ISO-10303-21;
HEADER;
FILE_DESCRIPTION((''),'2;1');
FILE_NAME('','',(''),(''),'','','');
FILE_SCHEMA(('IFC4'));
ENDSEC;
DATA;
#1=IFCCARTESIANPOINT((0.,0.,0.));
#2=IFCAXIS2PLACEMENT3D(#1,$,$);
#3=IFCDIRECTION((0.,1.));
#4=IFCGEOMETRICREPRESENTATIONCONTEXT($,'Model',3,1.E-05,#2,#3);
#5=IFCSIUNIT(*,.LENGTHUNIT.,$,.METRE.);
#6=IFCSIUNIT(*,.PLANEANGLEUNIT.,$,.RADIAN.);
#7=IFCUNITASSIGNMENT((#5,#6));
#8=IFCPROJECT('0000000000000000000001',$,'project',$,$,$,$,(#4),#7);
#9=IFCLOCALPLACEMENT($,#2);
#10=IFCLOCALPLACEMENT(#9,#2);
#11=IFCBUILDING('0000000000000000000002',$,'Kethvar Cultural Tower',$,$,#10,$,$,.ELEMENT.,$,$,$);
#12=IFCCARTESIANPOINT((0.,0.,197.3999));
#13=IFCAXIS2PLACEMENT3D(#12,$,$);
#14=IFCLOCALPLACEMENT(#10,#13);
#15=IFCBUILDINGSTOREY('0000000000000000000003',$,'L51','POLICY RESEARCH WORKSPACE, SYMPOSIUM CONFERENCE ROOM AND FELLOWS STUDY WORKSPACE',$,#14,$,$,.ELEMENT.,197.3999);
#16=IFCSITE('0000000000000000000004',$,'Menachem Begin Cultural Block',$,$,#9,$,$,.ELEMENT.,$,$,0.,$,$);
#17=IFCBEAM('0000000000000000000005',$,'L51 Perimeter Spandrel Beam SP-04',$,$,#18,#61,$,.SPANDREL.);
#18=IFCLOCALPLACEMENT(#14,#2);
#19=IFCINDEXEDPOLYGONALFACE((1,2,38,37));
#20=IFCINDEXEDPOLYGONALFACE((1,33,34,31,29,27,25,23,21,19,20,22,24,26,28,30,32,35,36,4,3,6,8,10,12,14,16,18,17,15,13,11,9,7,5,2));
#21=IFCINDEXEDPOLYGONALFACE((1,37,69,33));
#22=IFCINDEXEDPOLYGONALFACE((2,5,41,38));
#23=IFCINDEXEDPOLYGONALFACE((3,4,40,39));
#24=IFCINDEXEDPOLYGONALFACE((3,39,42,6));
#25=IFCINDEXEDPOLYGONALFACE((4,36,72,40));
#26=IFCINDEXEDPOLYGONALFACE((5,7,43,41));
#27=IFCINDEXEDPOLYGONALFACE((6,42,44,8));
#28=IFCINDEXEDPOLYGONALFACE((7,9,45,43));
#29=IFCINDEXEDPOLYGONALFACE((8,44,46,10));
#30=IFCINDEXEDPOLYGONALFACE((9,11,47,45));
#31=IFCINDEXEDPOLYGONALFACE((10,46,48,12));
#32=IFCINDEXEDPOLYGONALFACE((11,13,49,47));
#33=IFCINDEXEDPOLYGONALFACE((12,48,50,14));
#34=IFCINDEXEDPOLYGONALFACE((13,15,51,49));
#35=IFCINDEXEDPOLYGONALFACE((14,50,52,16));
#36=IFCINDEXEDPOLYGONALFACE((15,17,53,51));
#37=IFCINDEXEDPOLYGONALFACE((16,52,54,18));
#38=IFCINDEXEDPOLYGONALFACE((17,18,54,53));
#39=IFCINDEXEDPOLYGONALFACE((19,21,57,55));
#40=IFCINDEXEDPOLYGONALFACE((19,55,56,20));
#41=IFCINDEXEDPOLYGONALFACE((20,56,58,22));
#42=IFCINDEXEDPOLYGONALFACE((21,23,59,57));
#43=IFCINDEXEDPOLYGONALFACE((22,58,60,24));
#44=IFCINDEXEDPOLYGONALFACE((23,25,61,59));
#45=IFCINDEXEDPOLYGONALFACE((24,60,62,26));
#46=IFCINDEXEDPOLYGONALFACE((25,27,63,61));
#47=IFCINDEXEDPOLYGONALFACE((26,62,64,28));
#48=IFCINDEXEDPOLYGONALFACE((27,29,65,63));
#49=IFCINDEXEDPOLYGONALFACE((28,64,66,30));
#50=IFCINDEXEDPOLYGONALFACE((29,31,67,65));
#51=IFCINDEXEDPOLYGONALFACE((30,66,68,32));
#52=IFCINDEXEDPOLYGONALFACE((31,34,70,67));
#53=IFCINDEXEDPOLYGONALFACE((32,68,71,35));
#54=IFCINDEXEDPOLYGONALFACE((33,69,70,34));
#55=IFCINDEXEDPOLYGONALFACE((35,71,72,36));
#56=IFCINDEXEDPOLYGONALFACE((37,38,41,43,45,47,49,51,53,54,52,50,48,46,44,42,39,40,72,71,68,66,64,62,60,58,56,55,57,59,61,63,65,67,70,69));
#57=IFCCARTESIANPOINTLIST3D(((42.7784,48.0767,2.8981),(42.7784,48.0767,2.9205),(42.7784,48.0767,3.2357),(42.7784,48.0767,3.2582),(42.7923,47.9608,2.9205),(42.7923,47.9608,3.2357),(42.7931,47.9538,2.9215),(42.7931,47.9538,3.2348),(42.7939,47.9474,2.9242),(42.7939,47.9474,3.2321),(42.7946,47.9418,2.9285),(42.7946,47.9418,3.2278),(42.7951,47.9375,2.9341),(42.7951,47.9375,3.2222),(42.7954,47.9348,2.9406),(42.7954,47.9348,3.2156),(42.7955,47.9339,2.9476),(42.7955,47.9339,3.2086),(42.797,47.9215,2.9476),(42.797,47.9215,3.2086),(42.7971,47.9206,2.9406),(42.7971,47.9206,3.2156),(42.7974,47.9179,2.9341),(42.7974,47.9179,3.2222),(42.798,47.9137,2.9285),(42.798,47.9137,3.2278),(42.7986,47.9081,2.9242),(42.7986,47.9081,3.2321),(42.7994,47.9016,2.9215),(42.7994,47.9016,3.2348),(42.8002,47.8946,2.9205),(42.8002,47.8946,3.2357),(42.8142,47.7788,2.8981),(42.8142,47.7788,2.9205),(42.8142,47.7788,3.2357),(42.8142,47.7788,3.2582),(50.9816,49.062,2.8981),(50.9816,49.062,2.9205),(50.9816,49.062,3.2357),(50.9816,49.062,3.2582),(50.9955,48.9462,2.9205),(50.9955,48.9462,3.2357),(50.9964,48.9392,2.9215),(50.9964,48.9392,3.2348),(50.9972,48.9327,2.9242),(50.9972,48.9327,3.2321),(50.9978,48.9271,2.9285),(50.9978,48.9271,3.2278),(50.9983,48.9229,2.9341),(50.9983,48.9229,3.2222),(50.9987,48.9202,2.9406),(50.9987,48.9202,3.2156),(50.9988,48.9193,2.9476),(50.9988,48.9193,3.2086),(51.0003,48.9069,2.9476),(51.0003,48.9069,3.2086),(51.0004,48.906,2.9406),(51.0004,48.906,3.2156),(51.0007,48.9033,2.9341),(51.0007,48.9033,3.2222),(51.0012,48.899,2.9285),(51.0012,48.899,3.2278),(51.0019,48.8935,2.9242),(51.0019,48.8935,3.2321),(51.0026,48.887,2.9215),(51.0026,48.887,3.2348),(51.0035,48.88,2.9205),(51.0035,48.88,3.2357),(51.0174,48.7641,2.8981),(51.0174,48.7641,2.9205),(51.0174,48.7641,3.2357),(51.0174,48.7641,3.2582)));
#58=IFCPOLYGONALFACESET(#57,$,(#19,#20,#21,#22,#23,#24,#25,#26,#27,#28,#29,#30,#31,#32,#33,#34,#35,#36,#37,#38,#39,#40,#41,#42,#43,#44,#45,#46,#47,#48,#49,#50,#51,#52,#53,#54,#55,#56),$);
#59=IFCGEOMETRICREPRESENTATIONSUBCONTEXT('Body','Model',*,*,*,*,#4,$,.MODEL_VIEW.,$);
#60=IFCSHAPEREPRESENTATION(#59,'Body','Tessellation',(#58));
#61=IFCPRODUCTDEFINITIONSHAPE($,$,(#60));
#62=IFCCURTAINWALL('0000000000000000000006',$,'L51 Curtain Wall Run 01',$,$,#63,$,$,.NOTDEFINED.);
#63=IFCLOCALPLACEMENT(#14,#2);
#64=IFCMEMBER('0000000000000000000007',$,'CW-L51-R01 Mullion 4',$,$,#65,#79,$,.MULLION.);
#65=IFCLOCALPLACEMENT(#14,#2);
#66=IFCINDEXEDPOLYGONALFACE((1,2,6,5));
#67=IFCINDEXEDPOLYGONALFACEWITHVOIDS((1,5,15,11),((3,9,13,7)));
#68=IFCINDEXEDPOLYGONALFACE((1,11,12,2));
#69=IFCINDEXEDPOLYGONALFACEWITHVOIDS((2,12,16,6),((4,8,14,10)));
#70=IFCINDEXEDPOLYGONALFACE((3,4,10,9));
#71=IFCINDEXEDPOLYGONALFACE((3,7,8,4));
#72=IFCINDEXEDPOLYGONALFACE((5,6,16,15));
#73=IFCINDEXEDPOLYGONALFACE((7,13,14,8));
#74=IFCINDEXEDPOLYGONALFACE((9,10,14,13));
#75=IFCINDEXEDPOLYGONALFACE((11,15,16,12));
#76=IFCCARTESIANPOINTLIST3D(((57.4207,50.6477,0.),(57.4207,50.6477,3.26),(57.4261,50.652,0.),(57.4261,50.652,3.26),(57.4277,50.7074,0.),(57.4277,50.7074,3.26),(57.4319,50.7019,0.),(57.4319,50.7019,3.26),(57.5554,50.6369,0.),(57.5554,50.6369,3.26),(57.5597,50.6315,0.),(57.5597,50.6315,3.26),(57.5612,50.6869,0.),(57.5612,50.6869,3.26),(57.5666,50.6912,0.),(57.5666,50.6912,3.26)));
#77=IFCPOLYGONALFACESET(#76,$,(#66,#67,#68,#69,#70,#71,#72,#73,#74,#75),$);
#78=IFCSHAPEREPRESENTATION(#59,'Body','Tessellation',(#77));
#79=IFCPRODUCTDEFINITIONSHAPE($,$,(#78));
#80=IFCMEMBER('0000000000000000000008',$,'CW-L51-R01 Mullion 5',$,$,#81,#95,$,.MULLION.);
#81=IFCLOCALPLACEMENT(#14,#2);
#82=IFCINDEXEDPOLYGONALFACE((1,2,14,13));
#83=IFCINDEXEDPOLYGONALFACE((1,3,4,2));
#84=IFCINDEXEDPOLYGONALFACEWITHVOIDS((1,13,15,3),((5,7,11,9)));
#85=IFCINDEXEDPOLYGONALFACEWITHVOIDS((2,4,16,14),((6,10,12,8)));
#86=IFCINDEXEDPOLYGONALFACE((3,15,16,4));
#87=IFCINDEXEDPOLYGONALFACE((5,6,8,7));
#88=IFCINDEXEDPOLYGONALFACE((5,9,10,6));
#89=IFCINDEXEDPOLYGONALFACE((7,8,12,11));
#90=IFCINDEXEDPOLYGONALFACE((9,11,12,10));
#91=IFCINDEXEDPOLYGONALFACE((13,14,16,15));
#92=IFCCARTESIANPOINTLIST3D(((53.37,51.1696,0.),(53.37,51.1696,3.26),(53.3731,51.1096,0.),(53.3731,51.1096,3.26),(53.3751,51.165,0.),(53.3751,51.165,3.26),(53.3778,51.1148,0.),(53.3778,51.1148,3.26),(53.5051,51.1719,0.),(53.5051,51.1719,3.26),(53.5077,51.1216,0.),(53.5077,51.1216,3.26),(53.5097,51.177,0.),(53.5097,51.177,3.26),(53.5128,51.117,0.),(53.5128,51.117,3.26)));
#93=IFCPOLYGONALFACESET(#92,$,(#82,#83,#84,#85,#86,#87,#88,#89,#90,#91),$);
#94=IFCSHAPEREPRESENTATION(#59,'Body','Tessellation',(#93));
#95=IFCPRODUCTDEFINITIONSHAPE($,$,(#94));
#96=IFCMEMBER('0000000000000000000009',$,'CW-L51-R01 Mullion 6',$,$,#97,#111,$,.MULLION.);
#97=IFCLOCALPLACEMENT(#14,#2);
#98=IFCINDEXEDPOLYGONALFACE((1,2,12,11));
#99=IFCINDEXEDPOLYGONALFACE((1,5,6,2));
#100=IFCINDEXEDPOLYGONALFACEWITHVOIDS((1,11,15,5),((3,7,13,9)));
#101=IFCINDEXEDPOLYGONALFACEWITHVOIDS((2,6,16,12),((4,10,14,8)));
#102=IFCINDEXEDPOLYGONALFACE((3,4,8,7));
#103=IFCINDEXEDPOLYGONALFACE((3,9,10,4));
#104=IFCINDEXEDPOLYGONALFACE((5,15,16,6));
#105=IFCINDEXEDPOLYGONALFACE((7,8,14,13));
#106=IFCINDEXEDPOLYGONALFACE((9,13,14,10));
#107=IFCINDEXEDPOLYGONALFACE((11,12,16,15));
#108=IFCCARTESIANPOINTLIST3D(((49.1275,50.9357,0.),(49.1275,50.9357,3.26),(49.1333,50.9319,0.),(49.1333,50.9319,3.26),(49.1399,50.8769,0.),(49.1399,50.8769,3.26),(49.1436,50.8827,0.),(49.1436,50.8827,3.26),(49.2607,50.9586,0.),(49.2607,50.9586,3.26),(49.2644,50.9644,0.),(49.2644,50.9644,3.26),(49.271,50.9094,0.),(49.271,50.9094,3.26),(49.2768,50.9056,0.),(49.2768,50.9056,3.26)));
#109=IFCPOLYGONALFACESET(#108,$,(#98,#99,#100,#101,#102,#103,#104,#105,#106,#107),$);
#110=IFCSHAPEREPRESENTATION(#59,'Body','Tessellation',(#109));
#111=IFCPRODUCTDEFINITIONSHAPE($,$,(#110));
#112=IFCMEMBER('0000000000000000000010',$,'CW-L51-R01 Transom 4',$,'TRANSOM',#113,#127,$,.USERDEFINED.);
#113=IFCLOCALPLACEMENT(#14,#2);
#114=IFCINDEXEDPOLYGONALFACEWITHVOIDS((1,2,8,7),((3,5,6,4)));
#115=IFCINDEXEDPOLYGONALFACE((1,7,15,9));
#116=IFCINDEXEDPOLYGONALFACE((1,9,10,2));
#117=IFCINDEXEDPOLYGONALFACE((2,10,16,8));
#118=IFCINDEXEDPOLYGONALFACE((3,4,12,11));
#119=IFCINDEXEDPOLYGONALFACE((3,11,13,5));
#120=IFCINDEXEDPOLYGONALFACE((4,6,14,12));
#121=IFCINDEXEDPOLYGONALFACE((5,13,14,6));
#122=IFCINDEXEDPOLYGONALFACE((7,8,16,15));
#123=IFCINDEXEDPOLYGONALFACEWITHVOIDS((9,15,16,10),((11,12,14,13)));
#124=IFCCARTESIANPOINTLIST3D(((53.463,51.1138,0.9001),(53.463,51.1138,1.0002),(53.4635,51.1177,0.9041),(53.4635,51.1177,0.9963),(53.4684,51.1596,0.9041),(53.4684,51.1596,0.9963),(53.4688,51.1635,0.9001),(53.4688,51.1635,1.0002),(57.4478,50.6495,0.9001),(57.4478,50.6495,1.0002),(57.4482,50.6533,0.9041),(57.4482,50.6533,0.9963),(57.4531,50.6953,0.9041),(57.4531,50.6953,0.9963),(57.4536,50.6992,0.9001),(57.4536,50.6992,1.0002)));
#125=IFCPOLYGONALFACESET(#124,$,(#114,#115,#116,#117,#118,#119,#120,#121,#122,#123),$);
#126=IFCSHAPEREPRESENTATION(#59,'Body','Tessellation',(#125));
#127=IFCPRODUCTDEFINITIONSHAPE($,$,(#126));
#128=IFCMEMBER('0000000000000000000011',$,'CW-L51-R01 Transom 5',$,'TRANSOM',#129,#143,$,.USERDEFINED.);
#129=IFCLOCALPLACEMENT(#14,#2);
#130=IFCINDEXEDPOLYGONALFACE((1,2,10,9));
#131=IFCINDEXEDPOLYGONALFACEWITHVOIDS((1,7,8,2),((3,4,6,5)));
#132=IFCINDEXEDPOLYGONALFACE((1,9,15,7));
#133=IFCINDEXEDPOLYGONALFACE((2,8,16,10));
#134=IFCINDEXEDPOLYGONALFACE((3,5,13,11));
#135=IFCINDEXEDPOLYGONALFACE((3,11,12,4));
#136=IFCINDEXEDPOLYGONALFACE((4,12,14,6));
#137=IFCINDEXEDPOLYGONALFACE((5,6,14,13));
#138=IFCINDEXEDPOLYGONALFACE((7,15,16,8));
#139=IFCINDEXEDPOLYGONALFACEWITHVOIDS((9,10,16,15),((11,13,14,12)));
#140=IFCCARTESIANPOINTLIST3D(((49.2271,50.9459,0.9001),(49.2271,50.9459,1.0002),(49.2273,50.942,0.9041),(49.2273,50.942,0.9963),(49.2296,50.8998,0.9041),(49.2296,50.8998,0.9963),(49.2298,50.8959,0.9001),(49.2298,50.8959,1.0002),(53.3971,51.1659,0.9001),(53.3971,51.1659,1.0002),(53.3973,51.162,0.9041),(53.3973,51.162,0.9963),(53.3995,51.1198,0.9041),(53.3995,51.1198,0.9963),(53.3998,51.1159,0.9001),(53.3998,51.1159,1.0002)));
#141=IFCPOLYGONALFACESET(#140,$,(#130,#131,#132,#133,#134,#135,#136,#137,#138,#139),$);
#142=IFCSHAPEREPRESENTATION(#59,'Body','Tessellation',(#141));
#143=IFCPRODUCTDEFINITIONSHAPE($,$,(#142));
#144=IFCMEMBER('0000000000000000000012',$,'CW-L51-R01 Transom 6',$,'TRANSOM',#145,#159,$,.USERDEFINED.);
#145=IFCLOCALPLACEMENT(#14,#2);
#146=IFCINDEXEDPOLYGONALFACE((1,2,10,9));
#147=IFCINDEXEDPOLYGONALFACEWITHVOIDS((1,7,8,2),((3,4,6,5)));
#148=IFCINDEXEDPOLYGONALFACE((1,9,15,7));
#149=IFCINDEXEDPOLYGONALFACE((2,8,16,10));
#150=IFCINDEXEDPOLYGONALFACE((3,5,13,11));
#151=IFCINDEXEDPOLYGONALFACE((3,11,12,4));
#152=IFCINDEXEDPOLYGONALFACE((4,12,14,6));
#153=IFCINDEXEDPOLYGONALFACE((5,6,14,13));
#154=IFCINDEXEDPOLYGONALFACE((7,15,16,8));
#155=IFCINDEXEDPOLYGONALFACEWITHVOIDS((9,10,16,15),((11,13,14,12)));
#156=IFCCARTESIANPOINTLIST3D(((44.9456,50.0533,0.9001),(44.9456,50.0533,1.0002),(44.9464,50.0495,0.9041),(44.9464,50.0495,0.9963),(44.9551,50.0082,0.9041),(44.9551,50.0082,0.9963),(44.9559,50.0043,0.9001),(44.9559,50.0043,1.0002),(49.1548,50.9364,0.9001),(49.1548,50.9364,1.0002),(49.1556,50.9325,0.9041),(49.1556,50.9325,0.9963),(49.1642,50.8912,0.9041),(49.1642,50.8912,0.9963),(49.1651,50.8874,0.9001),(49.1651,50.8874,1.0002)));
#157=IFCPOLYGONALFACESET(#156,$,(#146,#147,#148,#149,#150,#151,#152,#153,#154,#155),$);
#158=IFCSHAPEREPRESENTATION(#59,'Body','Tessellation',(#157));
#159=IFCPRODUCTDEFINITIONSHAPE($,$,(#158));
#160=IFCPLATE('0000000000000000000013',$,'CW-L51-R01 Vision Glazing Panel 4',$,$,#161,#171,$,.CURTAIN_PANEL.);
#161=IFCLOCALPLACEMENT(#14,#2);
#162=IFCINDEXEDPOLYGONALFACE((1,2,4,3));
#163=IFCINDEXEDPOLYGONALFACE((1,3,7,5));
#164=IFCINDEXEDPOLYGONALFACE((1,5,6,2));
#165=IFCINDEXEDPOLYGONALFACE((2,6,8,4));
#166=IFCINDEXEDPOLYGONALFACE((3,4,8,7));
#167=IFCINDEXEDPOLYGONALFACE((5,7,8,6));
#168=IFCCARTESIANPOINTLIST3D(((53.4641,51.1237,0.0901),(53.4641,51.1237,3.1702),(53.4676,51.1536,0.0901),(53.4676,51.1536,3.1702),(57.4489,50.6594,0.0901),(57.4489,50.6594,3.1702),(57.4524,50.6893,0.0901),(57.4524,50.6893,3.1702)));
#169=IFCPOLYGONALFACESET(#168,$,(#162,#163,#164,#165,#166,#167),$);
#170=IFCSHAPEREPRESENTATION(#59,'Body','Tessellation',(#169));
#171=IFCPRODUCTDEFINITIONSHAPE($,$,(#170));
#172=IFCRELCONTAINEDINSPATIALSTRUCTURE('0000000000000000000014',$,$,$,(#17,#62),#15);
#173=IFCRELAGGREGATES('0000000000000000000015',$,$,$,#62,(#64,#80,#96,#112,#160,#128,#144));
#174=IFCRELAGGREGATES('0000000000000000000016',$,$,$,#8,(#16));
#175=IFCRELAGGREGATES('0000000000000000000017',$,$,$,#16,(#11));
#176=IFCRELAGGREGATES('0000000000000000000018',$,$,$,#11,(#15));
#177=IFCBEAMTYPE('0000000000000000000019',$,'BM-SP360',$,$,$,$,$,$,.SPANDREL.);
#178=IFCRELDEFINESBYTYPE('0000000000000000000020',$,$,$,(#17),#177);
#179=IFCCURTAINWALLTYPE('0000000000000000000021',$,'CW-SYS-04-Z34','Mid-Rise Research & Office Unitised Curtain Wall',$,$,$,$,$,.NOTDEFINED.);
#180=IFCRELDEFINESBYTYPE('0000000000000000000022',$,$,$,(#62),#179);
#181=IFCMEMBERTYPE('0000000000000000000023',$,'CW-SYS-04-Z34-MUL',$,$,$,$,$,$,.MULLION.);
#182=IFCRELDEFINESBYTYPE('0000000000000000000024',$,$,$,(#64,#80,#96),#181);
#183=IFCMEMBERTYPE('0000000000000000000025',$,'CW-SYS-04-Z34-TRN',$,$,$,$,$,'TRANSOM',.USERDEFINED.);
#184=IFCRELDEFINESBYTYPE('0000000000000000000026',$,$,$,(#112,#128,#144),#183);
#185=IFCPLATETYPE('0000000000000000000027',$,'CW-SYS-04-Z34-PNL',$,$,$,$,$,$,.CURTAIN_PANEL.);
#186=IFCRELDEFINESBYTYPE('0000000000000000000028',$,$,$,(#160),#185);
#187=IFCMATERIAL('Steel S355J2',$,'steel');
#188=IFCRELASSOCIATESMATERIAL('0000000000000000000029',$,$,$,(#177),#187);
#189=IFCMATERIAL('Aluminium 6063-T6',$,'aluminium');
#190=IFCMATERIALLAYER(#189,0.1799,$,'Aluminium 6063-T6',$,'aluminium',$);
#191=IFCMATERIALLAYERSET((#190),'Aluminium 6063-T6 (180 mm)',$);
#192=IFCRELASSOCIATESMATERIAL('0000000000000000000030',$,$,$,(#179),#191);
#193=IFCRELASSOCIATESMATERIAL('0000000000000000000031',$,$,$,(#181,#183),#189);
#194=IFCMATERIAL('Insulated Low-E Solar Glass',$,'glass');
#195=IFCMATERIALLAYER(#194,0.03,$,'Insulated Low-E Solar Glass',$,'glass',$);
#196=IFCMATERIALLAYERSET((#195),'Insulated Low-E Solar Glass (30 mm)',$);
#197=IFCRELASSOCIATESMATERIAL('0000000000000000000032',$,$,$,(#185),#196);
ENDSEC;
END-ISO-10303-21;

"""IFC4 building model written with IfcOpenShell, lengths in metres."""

from ifc_helpers import new_model, si_unit, direction, frame, origin, origin_2d, place, context, subcontext, project, spatial, rectangle, hollow_rectangle, i_section, extrude, source, transform, mapped, material, layer, layer_set, material_profile, profile_set, type_object, element, aggregate, save


model = new_model("IFC4")

# Units and contexts
model_context = context("Model", 3, precision=1e-05, world=origin(), true_north=direction((0.0, 1.0)))
body_context = subcontext(model_context, "Body", "Model", "MODEL_VIEW")
ifc_project = project(units=[si_unit("LENGTHUNIT", "METRE"), si_unit("PLANEANGLEUNIT", "RADIAN")], contexts=[model_context])

# Site, building, storey
site_placement = place(None, origin())
site = spatial("IfcSite", under=ifc_project, at=site_placement, Name="Menachem Begin Cultural Block", CompositionType="ELEMENT", RefElevation=0.0)
building_placement = place(site_placement, origin())
building = spatial("IfcBuilding", under=site, at=building_placement, Name="Kethvar Cultural Tower", CompositionType="ELEMENT")
storey_placement = place(building_placement, frame((0.0, 0.0, 197.3999)))
storey = spatial("IfcBuildingStorey", under=building, at=storey_placement, Name="L51", Description="POLICY RESEARCH WORKSPACE, SYMPOSIUM CONFERENCE ROOM AND FELLOWS STUDY WORKSPACE", CompositionType="ELEMENT", Elevation=197.3999)

# Beam
ifc_material_1 = material(Name="Steel S355J2", Category="steel")
ifc_material_profile_1 = material_profile(ifc_material_1, i_section(OverallWidth=0.3, OverallDepth=0.3601, WebThickness=0.0125, FlangeThickness=0.0225, FilletRadius=0.0271, at=origin_2d()), Name="Steel S355J2 — HEB360")
ifc_profile_set_1 = profile_set([ifc_material_profile_1], Name="Steel S355J2 — HEB360")
beam_type_1 = type_object("IfcBeamType", Name="BM-SP360", PredefinedType="SPANDREL", material=ifc_profile_set_1)
shared_shape_1 = source(origin(), body_context, "Body", "SweptSolid", [
    extrude(i_section(OverallWidth=0.3, OverallDepth=0.3601, WebThickness=0.0125, FlangeThickness=0.0225, FilletRadius=0.0271, at=origin_2d()), origin(), (0.0, 0.0, 1.0), 8.2622),
])
beam_1_placement = place(storey_placement, frame((50.9995, 48.9131, 3.0781), z_axis=(-0.992863, -0.119262, 0.0), x_axis=(0.119262, -0.992863, 0.0)))
element("IfcBeam", 1, at=beam_1_placement, inside=storey, type_object=beam_type_1, Name="L51 Perimeter Spandrel Beam SP-04", PredefinedType="SPANDREL", context=body_context, shape_type="MappedRepresentation", body=[
    mapped(shared_shape_1, transform((0.0, 0.0, 0.0), scale=1.0)),
])

# Curtain wall, members, plate
ifc_material_2 = material(Name="Aluminium 6063-T6", Category="aluminium")
ifc_layer_1 = layer(ifc_material_2, 0.1799, Name="Aluminium 6063-T6", Category="aluminium")
ifc_layer_set_1 = layer_set([ifc_layer_1], Name="Aluminium 6063-T6 (180 mm)")
curtain_wall_type = type_object("IfcCurtainWallType", Name="CW-SYS-04-Z34", Description="Mid-Rise Research & Office Unitised Curtain Wall", PredefinedType="NOTDEFINED", material=ifc_layer_set_1)
curtain_wall_placement = place(storey_placement, origin())
curtain_wall = element("IfcCurtainWall", 2, at=curtain_wall_placement, inside=storey, type_object=curtain_wall_type, Name="L51 Curtain Wall Run 01", PredefinedType="NOTDEFINED")
ifc_material_profile_2 = material_profile(ifc_material_2, hollow_rectangle(XDim=0.0601, YDim=0.1399, WallThickness=0.0049, at=origin_2d()), Name="Aluminium 6063-T6 — RHS140x60x5")
ifc_profile_set_2 = profile_set([ifc_material_profile_2], Name="Aluminium 6063-T6 — RHS140x60x5")
member_type_1 = type_object("IfcMemberType", Name="CW-SYS-04-Z34-MUL", PredefinedType="MULLION", material=ifc_profile_set_2)
shared_shape_2 = source(origin(), body_context, "Body", "SweptSolid", [
    extrude(hollow_rectangle(XDim=0.0601, YDim=0.1399, WallThickness=0.0049, at=origin_2d()), origin(), (0.0, 0.0, 1.0), 3.26),
])
member_1_placement = place(storey_placement, frame((57.4937, 50.6694, 0.0), z_axis=(0.0, 0.0, 1.0), x_axis=(-0.115735, -0.99328, 0.0)))
member_1 = element("IfcMember", 3, at=member_1_placement, type_object=member_type_1, Name="CW-L51-R01 Mullion 4", PredefinedType="MULLION", context=body_context, shape_type="MappedRepresentation", body=[
    mapped(shared_shape_2, transform((0.0, 0.0, 0.0), scale=1.0)),
])
member_2_placement = place(storey_placement, frame((53.4414, 51.1433, 0.0), z_axis=(0.0, 0.0, 1.0), x_axis=(0.052702, -0.99861, 0.0)))
member_2 = element("IfcMember", 4, at=member_2_placement, type_object=member_type_1, Name="CW-L51-R01 Mullion 5", PredefinedType="MULLION", context=body_context, shape_type="MappedRepresentation", body=[
    mapped(shared_shape_2, transform((0.0, 0.0, 0.0), scale=1.0)),
])
member_3_placement = place(storey_placement, frame((49.2021, 50.9207, 0.0), z_axis=(0.0, 0.0, 1.0), x_axis=(0.205333, -0.978692, 0.0)))
member_3 = element("IfcMember", 5, at=member_3_placement, type_object=member_type_1, Name="CW-L51-R01 Mullion 6", PredefinedType="MULLION", context=body_context, shape_type="MappedRepresentation", body=[
    mapped(shared_shape_2, transform((0.0, 0.0, 0.0), scale=1.0)),
])
ifc_material_profile_3 = material_profile(ifc_material_2, hollow_rectangle(XDim=0.05, YDim=0.1001, WallThickness=0.0039, at=origin_2d()), Name="Aluminium 6063-T6 — RHS100x50x4")
ifc_profile_set_3 = profile_set([ifc_material_profile_3], Name="Aluminium 6063-T6 — RHS100x50x4")
member_type_2 = type_object("IfcMemberType", Name="CW-SYS-04-Z34-TRN", ElementType="TRANSOM", PredefinedType="USERDEFINED", material=ifc_profile_set_3)
shared_shape_3 = source(origin(), body_context, "Body", "SweptSolid", [
    extrude(hollow_rectangle(XDim=0.05, YDim=0.1001, WallThickness=0.0039, at=origin_2d()), origin(), (0.0, 0.0, 1.0), 4.0117),
])
member_4_placement = place(storey_placement, frame((57.4507, 50.6743, 0.9502), z_axis=(-0.993279, 0.115747, 0.0), x_axis=(-0.115747, -0.993279, 0.0)))
member_4 = element("IfcMember", 6, at=member_4_placement, type_object=member_type_2, Name="CW-L51-R01 Transom 4", ObjectType="TRANSOM", PredefinedType="USERDEFINED", context=body_context, shape_type="MappedRepresentation", body=[
    mapped(shared_shape_3, transform((0.0, 0.0, 0.0), scale=1.0)),
])
shared_shape_4 = source(origin(), body_context, "Body", "SweptSolid", [
    extrude(hollow_rectangle(XDim=0.05, YDim=0.1001, WallThickness=0.0039, at=origin_2d()), origin(), (0.0, 0.0, 1.0), 4.1758),
])
member_5_placement = place(storey_placement, frame((53.3984, 51.1409, 0.9502), z_axis=(-0.998612, -0.052679, 0.0), x_axis=(0.052679, -0.998612, 0.0)))
member_5 = element("IfcMember", 7, at=member_5_placement, type_object=member_type_2, Name="CW-L51-R01 Transom 5", ObjectType="TRANSOM", PredefinedType="USERDEFINED", context=body_context, shape_type="MappedRepresentation", body=[
    mapped(shared_shape_4, transform((0.0, 0.0, 0.0), scale=1.0)),
])
shared_shape_5 = source(origin(), body_context, "Body", "SweptSolid", [
    extrude(hollow_rectangle(XDim=0.05, YDim=0.1001, WallThickness=0.0039, at=origin_2d()), origin(), (0.0, 0.0, 1.0), 4.3008),
])
member_6_placement = place(storey_placement, frame((49.1599, 50.9119, 0.9502), z_axis=(-0.978695, -0.205321, 0.0), x_axis=(0.205321, -0.978695, 0.0)))
member_6 = element("IfcMember", 8, at=member_6_placement, type_object=member_type_2, Name="CW-L51-R01 Transom 6", ObjectType="TRANSOM", PredefinedType="USERDEFINED", context=body_context, shape_type="MappedRepresentation", body=[
    mapped(shared_shape_5, transform((0.0, 0.0, 0.0), scale=1.0)),
])
ifc_material_3 = material(Name="Insulated Low-E Solar Glass", Category="glass")
ifc_layer_2 = layer(ifc_material_3, 0.03, Name="Insulated Low-E Solar Glass", Category="glass")
ifc_layer_set_2 = layer_set([ifc_layer_2], Name="Insulated Low-E Solar Glass (30 mm)")
plate_type = type_object("IfcPlateType", Name="CW-SYS-04-Z34-PNL", PredefinedType="CURTAIN_PANEL", material=ifc_layer_set_2)
shared_shape_6 = source(origin(), body_context, "Body", "SweptSolid", [
    extrude(rectangle(XDim=4.0117, YDim=0.03, at=origin_2d()), origin(), (0.0, 0.0, 1.0), 3.0801),
])
plate_1_placement = place(storey_placement, frame((55.4583, 50.9065, 0.0901), z_axis=(0.0, 0.0, 1.0), x_axis=(-0.99328, 0.115735, 0.0)))
plate_1 = element("IfcPlate", 9, at=plate_1_placement, type_object=plate_type, Name="CW-L51-R01 Vision Glazing Panel 4", PredefinedType="CURTAIN_PANEL", context=body_context, shape_type="MappedRepresentation", body=[
    mapped(shared_shape_6, transform((0.0, 0.0, 0.0), scale=1.0)),
])
aggregate(curtain_wall, [member_1, member_2, member_3, member_4, plate_1, member_5, member_6])

save(model, "model.ifc")
